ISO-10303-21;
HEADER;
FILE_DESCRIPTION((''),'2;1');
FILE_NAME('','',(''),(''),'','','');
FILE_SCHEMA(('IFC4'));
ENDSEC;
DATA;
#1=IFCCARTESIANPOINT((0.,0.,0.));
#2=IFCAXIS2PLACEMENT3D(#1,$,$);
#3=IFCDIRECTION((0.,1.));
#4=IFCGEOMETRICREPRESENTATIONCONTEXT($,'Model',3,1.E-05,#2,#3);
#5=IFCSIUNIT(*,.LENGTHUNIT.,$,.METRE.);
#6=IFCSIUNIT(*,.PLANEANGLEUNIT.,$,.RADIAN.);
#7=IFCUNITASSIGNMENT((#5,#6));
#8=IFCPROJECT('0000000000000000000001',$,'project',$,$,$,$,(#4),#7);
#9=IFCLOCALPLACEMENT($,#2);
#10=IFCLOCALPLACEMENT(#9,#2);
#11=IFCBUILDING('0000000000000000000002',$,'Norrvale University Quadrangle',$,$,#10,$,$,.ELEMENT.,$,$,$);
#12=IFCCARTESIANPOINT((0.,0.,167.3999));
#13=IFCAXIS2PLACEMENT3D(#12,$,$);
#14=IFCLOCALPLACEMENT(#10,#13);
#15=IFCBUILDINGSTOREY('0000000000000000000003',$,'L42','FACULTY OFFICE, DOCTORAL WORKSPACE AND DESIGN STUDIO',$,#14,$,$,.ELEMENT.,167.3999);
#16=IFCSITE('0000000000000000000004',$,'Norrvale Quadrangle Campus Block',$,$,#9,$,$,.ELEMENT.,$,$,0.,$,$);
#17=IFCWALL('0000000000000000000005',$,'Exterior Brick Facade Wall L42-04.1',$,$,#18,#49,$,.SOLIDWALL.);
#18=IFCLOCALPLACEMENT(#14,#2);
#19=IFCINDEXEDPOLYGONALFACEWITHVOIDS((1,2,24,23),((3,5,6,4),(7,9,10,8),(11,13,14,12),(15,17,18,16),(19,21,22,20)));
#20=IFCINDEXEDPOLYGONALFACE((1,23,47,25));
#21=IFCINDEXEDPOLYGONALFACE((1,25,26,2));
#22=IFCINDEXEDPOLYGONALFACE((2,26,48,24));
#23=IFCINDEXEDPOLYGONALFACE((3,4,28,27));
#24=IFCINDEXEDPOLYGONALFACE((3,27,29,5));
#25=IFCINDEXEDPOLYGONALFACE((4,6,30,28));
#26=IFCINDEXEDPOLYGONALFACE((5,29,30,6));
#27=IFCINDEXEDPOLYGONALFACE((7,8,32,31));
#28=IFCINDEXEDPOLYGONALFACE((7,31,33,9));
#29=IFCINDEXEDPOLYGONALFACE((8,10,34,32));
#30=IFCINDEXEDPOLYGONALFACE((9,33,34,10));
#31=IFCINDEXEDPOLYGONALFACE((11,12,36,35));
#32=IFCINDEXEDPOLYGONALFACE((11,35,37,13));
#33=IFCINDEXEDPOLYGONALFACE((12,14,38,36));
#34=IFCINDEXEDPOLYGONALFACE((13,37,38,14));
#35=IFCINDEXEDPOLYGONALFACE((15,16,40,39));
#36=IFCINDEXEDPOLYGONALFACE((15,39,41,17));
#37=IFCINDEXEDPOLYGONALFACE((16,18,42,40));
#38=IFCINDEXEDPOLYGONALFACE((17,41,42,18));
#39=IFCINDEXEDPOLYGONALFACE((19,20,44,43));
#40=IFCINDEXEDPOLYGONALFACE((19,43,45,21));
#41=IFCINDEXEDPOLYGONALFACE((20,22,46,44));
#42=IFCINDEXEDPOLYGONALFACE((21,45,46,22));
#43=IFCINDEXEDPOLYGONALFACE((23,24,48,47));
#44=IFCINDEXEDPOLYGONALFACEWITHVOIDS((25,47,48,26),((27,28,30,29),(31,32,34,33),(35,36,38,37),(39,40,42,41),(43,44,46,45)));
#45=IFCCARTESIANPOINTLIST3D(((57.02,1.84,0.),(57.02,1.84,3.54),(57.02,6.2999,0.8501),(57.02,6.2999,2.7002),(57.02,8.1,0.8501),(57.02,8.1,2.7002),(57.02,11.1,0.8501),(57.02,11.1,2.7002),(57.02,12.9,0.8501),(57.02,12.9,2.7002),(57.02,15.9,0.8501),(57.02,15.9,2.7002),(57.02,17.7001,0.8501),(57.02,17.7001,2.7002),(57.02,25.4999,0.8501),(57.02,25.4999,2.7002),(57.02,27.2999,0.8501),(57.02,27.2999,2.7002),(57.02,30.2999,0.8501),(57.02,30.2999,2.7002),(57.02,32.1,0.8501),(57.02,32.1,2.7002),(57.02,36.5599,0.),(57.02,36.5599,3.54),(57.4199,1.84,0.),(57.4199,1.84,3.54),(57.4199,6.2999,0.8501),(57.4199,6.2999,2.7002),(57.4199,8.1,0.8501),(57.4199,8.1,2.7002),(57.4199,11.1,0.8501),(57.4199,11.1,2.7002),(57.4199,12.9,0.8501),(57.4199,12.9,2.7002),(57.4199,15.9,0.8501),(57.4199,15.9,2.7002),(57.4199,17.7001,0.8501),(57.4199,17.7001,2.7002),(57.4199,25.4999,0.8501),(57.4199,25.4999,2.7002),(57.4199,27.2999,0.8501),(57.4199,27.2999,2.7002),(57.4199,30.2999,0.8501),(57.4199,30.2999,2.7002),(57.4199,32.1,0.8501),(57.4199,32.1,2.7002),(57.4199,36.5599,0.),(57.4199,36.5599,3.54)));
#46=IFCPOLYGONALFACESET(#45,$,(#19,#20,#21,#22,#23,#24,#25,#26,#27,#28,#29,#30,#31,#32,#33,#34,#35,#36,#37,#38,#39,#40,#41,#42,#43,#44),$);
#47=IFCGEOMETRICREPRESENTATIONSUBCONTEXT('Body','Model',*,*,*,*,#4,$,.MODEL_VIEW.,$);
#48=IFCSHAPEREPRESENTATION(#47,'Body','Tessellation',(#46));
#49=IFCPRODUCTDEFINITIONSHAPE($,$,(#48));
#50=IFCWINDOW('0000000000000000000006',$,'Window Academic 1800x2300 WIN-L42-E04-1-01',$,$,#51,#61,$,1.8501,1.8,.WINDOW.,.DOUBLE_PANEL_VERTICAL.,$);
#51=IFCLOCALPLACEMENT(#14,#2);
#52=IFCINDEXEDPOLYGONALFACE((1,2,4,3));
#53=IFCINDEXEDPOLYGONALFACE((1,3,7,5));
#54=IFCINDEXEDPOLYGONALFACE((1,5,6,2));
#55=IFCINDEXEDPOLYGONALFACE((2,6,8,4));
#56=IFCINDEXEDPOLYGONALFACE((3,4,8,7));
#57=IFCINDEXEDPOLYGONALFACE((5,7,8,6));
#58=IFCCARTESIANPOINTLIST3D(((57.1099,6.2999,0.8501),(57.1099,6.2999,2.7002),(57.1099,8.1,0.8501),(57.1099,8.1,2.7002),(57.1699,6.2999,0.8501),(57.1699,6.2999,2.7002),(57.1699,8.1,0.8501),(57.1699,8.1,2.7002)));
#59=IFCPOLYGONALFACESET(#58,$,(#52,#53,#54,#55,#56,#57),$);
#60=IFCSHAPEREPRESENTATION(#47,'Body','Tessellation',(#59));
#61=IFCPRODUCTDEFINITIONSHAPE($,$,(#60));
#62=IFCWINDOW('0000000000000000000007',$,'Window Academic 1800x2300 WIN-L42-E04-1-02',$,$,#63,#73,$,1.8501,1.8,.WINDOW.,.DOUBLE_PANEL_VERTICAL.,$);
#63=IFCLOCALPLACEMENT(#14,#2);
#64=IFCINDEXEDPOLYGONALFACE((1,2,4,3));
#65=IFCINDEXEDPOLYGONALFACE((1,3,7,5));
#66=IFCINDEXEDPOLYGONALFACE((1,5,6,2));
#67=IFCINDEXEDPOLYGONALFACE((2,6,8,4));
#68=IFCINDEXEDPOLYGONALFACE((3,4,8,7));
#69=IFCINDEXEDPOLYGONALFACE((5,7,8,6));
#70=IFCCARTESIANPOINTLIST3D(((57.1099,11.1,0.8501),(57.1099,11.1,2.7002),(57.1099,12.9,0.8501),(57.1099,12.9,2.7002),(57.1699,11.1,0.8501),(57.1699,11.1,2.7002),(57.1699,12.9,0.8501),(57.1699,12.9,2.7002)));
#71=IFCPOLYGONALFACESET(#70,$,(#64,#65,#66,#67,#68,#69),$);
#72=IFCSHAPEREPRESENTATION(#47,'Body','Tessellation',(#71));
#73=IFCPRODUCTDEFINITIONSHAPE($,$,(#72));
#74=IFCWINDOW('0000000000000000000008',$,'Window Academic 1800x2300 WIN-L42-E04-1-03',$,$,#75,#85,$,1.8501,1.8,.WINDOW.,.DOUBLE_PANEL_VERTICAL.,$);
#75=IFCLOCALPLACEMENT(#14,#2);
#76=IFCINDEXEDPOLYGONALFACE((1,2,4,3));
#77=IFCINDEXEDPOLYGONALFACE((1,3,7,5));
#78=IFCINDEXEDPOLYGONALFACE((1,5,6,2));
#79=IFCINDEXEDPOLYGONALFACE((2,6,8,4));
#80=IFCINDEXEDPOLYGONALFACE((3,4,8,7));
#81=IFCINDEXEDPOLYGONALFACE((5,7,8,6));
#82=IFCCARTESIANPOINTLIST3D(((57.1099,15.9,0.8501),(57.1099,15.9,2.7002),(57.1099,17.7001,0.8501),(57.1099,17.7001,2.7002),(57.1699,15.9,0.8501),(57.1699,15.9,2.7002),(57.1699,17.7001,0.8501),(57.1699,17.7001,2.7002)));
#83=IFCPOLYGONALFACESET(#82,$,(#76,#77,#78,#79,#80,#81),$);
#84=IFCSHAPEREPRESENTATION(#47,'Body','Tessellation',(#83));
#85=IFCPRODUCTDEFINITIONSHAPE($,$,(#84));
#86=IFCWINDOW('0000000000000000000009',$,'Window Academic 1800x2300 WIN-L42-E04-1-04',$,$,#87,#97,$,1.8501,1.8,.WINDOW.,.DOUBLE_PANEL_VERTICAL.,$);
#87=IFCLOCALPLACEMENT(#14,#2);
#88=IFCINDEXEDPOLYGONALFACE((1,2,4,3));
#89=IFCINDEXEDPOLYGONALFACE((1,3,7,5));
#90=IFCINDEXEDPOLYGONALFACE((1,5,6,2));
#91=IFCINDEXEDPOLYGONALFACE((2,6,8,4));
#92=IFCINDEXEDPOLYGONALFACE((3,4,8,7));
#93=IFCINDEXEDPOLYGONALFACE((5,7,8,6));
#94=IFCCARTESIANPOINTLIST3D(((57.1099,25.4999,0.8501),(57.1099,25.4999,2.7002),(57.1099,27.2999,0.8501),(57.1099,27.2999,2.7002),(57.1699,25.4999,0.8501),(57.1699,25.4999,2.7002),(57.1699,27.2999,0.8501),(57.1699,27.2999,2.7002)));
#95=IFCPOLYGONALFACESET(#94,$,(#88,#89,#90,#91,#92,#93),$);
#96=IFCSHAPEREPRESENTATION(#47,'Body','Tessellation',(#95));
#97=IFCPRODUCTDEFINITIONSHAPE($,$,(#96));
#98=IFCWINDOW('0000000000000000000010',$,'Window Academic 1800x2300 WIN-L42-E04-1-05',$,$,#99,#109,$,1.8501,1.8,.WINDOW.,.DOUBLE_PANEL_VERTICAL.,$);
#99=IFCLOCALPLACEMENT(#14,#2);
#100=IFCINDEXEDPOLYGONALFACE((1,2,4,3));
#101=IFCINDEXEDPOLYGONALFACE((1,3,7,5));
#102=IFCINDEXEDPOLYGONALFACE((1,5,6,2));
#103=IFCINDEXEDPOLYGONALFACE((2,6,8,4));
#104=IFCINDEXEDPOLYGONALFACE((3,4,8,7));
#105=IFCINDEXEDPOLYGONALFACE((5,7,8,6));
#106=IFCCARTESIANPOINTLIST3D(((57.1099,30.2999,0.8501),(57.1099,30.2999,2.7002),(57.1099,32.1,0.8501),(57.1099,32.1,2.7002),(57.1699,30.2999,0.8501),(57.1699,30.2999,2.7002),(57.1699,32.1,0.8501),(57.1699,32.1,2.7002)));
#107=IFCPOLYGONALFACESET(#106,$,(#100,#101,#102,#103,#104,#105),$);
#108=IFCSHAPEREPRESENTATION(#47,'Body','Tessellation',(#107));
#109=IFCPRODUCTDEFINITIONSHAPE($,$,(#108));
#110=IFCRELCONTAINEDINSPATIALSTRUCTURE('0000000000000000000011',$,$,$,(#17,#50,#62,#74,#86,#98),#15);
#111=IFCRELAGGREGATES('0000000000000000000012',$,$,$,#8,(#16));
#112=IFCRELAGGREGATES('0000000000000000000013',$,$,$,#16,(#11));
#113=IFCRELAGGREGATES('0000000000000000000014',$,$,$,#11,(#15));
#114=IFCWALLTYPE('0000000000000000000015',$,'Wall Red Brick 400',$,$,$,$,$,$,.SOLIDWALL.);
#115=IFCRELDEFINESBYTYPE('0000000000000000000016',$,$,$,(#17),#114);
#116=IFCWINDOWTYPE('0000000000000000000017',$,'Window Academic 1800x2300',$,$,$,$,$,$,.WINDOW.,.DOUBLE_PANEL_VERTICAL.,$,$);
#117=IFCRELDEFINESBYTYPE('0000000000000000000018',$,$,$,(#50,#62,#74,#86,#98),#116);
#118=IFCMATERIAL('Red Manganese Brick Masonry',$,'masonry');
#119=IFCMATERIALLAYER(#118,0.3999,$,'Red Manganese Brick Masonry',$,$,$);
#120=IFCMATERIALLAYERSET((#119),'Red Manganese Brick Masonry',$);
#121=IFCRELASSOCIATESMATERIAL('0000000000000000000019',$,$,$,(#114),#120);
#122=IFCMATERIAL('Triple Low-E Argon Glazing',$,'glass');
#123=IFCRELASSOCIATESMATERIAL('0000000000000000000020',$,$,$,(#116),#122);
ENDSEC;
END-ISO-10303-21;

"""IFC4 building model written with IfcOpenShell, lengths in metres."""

from ifc_helpers import new_model, si_unit, direction, frame, frame_2d, origin, place, context, subcontext, project, spatial, rectangle, extrude, material, layer, layer_set, type_object, element, fill, save


model = new_model("IFC4")

# Units and contexts
model_context = context("Model", 3, precision=1e-05, world=origin(), true_north=direction((0.0, 1.0)))
body_context = subcontext(model_context, "Body", "Model", "MODEL_VIEW")
ifc_project = project(units=[si_unit("LENGTHUNIT", "METRE"), si_unit("PLANEANGLEUNIT", "RADIAN")], contexts=[model_context])

# Site, building, storey
site_placement = place(None, origin())
site = spatial("IfcSite", under=ifc_project, at=site_placement, Name="Norrvale Quadrangle Campus Block", CompositionType="ELEMENT", RefElevation=0.0)
building_placement = place(site_placement, origin())
building = spatial("IfcBuilding", under=site, at=building_placement, Name="Norrvale University Quadrangle", CompositionType="ELEMENT")
storey_placement = place(building_placement, frame((0.0, 0.0, 167.3999)))
storey = spatial("IfcBuildingStorey", under=building, at=storey_placement, Name="L42", Description="FACULTY OFFICE, DOCTORAL WORKSPACE AND DESIGN STUDIO", CompositionType="ELEMENT", Elevation=167.3999)

# Shared definitions
ifc_material_1 = material(Name="Red Manganese Brick Masonry", Category="masonry")
ifc_layer_1 = layer(ifc_material_1, 0.3999, Name="Red Manganese Brick Masonry")
ifc_layer_set_1 = layer_set([ifc_layer_1], Name="Red Manganese Brick Masonry")
wall_type_1 = type_object("IfcWallType", Name="Wall Red Brick 400", PredefinedType="SOLIDWALL", material=ifc_layer_set_1)

# Wall, openings, windows
wall_1_placement = place(storey_placement, frame((57.22, 1.8401, 0.0), z_axis=(0.0, 0.0, 1.0), x_axis=(0.0, 1.0, 0.0)))
wall_1 = element("IfcWall", 1, at=wall_1_placement, inside=storey, type_object=wall_type_1, Name="Exterior Brick Facade Wall L42-04.1", PredefinedType="SOLIDWALL", context=body_context, shape_type="SweptSolid", body=[
    extrude(rectangle(XDim=34.72, YDim=0.3999, at=frame_2d((17.3599, 0.0))), origin(), (0.0, 0.0, 1.0), 3.54),
])
opening_1_placement = place(wall_1_placement, frame((4.46, 0.0, 0.8501)))
opening_1 = element("IfcOpeningElement", 2, at=opening_1_placement, cuts=wall_1, PredefinedType="OPENING", context=body_context, shape_type="SweptSolid", body=[
    extrude(rectangle(XDim=1.8, YDim=1.8501, at=frame_2d((0.8999, 0.925))), frame((0.0, 0.2119, 0.0), z_axis=(0.0, -1.0, 0.0), x_axis=(1.0, 0.0, 0.0)), (0.0, 0.0, 1.0), 0.4238),
])
opening_2_placement = place(wall_1_placement, frame((9.26, 0.0, 0.8501)))
opening_2 = element("IfcOpeningElement", 3, at=opening_2_placement, cuts=wall_1, PredefinedType="OPENING", context=body_context, shape_type="SweptSolid", body=[
    extrude(rectangle(XDim=1.8, YDim=1.8501, at=frame_2d((0.8999, 0.925))), frame((0.0, 0.2119, 0.0), z_axis=(0.0, -1.0, 0.0), x_axis=(1.0, 0.0, 0.0)), (0.0, 0.0, 1.0), 0.4238),
])
opening_3_placement = place(wall_1_placement, frame((14.0601, 0.0, 0.8501)))
opening_3 = element("IfcOpeningElement", 4, at=opening_3_placement, cuts=wall_1, PredefinedType="OPENING", context=body_context, shape_type="SweptSolid", body=[
    extrude(rectangle(XDim=1.8, YDim=1.8501, at=frame_2d((0.8999, 0.925))), frame((0.0, 0.2119, 0.0), z_axis=(0.0, -1.0, 0.0), x_axis=(1.0, 0.0, 0.0)), (0.0, 0.0, 1.0), 0.4238),
])
opening_4_placement = place(wall_1_placement, frame((23.6599, 0.0, 0.8501)))
opening_4 = element("IfcOpeningElement", 5, at=opening_4_placement, cuts=wall_1, PredefinedType="OPENING", context=body_context, shape_type="SweptSolid", body=[
    extrude(rectangle(XDim=1.8, YDim=1.8501, at=frame_2d((0.8999, 0.925))), frame((0.0, 0.2119, 0.0), z_axis=(0.0, -1.0, 0.0), x_axis=(1.0, 0.0, 0.0)), (0.0, 0.0, 1.0), 0.4238),
])
opening_5_placement = place(wall_1_placement, frame((28.46, 0.0, 0.8501)))
opening_5 = element("IfcOpeningElement", 6, at=opening_5_placement, cuts=wall_1, PredefinedType="OPENING", context=body_context, shape_type="SweptSolid", body=[
    extrude(rectangle(XDim=1.8, YDim=1.8501, at=frame_2d((0.8999, 0.925))), frame((0.0, 0.2119, 0.0), z_axis=(0.0, -1.0, 0.0), x_axis=(1.0, 0.0, 0.0)), (0.0, 0.0, 1.0), 0.4238),
])
ifc_material_2 = material(Name="Triple Low-E Argon Glazing", Category="glass")
window_type = type_object("IfcWindowType", Name="Window Academic 1800x2300", PartitioningType="DOUBLE_PANEL_VERTICAL", PredefinedType="WINDOW", material=ifc_material_2)
window_1_placement = place(opening_1_placement, origin())
window_1 = element("IfcWindow", 7, at=window_1_placement, inside=storey, type_object=window_type, Name="Window Academic 1800x2300 WIN-L42-E04-1-01", OverallHeight=1.8501, OverallWidth=1.8, PartitioningType="DOUBLE_PANEL_VERTICAL", PredefinedType="WINDOW", context=body_context, shape_type="SweptSolid", body=[
    extrude(rectangle(XDim=1.8, YDim=1.8501, at=frame_2d((0.8999, 0.925))), frame((0.0, 0.1101, 0.0), z_axis=(0.0, -1.0, 0.0), x_axis=(1.0, 0.0, 0.0)), (0.0, 0.0, 1.0), 0.0601),
])
fill(opening_1, window_1)
window_2_placement = place(opening_2_placement, origin())
window_2 = element("IfcWindow", 8, at=window_2_placement, inside=storey, type_object=window_type, Name="Window Academic 1800x2300 WIN-L42-E04-1-02", OverallHeight=1.8501, OverallWidth=1.8, PartitioningType="DOUBLE_PANEL_VERTICAL", PredefinedType="WINDOW", context=body_context, shape_type="SweptSolid", body=[
    extrude(rectangle(XDim=1.8, YDim=1.8501, at=frame_2d((0.8999, 0.925))), frame((0.0, 0.1101, 0.0), z_axis=(0.0, -1.0, 0.0), x_axis=(1.0, 0.0, 0.0)), (0.0, 0.0, 1.0), 0.0601),
])
fill(opening_2, window_2)
window_3_placement = place(opening_3_placement, origin())
window_3 = element("IfcWindow", 9, at=window_3_placement, inside=storey, type_object=window_type, Name="Window Academic 1800x2300 WIN-L42-E04-1-03", OverallHeight=1.8501, OverallWidth=1.8, PartitioningType="DOUBLE_PANEL_VERTICAL", PredefinedType="WINDOW", context=body_context, shape_type="SweptSolid", body=[
    extrude(rectangle(XDim=1.8, YDim=1.8501, at=frame_2d((0.8999, 0.925))), frame((0.0, 0.1101, 0.0), z_axis=(0.0, -1.0, 0.0), x_axis=(1.0, 0.0, 0.0)), (0.0, 0.0, 1.0), 0.0601),
])
fill(opening_3, window_3)
window_4_placement = place(opening_4_placement, origin())
window_4 = element("IfcWindow", 10, at=window_4_placement, inside=storey, type_object=window_type, Name="Window Academic 1800x2300 WIN-L42-E04-1-04", OverallHeight=1.8501, OverallWidth=1.8, PartitioningType="DOUBLE_PANEL_VERTICAL", PredefinedType="WINDOW", context=body_context, shape_type="SweptSolid", body=[
    extrude(rectangle(XDim=1.8, YDim=1.8501, at=frame_2d((0.8999, 0.925))), frame((0.0, 0.1101, 0.0), z_axis=(0.0, -1.0, 0.0), x_axis=(1.0, 0.0, 0.0)), (0.0, 0.0, 1.0), 0.0601),
])
fill(opening_4, window_4)
window_5_placement = place(opening_5_placement, origin())
window_5 = element("IfcWindow", 11, at=window_5_placement, inside=storey, type_object=window_type, Name="Window Academic 1800x2300 WIN-L42-E04-1-05", OverallHeight=1.8501, OverallWidth=1.8, PartitioningType="DOUBLE_PANEL_VERTICAL", PredefinedType="WINDOW", context=body_context, shape_type="SweptSolid", body=[
    extrude(rectangle(XDim=1.8, YDim=1.8501, at=frame_2d((0.8999, 0.925))), frame((0.0, 0.1101, 0.0), z_axis=(0.0, -1.0, 0.0), x_axis=(1.0, 0.0, 0.0)), (0.0, 0.0, 1.0), 0.0601),
])
fill(opening_5, window_5)

save(model, "model.ifc")
